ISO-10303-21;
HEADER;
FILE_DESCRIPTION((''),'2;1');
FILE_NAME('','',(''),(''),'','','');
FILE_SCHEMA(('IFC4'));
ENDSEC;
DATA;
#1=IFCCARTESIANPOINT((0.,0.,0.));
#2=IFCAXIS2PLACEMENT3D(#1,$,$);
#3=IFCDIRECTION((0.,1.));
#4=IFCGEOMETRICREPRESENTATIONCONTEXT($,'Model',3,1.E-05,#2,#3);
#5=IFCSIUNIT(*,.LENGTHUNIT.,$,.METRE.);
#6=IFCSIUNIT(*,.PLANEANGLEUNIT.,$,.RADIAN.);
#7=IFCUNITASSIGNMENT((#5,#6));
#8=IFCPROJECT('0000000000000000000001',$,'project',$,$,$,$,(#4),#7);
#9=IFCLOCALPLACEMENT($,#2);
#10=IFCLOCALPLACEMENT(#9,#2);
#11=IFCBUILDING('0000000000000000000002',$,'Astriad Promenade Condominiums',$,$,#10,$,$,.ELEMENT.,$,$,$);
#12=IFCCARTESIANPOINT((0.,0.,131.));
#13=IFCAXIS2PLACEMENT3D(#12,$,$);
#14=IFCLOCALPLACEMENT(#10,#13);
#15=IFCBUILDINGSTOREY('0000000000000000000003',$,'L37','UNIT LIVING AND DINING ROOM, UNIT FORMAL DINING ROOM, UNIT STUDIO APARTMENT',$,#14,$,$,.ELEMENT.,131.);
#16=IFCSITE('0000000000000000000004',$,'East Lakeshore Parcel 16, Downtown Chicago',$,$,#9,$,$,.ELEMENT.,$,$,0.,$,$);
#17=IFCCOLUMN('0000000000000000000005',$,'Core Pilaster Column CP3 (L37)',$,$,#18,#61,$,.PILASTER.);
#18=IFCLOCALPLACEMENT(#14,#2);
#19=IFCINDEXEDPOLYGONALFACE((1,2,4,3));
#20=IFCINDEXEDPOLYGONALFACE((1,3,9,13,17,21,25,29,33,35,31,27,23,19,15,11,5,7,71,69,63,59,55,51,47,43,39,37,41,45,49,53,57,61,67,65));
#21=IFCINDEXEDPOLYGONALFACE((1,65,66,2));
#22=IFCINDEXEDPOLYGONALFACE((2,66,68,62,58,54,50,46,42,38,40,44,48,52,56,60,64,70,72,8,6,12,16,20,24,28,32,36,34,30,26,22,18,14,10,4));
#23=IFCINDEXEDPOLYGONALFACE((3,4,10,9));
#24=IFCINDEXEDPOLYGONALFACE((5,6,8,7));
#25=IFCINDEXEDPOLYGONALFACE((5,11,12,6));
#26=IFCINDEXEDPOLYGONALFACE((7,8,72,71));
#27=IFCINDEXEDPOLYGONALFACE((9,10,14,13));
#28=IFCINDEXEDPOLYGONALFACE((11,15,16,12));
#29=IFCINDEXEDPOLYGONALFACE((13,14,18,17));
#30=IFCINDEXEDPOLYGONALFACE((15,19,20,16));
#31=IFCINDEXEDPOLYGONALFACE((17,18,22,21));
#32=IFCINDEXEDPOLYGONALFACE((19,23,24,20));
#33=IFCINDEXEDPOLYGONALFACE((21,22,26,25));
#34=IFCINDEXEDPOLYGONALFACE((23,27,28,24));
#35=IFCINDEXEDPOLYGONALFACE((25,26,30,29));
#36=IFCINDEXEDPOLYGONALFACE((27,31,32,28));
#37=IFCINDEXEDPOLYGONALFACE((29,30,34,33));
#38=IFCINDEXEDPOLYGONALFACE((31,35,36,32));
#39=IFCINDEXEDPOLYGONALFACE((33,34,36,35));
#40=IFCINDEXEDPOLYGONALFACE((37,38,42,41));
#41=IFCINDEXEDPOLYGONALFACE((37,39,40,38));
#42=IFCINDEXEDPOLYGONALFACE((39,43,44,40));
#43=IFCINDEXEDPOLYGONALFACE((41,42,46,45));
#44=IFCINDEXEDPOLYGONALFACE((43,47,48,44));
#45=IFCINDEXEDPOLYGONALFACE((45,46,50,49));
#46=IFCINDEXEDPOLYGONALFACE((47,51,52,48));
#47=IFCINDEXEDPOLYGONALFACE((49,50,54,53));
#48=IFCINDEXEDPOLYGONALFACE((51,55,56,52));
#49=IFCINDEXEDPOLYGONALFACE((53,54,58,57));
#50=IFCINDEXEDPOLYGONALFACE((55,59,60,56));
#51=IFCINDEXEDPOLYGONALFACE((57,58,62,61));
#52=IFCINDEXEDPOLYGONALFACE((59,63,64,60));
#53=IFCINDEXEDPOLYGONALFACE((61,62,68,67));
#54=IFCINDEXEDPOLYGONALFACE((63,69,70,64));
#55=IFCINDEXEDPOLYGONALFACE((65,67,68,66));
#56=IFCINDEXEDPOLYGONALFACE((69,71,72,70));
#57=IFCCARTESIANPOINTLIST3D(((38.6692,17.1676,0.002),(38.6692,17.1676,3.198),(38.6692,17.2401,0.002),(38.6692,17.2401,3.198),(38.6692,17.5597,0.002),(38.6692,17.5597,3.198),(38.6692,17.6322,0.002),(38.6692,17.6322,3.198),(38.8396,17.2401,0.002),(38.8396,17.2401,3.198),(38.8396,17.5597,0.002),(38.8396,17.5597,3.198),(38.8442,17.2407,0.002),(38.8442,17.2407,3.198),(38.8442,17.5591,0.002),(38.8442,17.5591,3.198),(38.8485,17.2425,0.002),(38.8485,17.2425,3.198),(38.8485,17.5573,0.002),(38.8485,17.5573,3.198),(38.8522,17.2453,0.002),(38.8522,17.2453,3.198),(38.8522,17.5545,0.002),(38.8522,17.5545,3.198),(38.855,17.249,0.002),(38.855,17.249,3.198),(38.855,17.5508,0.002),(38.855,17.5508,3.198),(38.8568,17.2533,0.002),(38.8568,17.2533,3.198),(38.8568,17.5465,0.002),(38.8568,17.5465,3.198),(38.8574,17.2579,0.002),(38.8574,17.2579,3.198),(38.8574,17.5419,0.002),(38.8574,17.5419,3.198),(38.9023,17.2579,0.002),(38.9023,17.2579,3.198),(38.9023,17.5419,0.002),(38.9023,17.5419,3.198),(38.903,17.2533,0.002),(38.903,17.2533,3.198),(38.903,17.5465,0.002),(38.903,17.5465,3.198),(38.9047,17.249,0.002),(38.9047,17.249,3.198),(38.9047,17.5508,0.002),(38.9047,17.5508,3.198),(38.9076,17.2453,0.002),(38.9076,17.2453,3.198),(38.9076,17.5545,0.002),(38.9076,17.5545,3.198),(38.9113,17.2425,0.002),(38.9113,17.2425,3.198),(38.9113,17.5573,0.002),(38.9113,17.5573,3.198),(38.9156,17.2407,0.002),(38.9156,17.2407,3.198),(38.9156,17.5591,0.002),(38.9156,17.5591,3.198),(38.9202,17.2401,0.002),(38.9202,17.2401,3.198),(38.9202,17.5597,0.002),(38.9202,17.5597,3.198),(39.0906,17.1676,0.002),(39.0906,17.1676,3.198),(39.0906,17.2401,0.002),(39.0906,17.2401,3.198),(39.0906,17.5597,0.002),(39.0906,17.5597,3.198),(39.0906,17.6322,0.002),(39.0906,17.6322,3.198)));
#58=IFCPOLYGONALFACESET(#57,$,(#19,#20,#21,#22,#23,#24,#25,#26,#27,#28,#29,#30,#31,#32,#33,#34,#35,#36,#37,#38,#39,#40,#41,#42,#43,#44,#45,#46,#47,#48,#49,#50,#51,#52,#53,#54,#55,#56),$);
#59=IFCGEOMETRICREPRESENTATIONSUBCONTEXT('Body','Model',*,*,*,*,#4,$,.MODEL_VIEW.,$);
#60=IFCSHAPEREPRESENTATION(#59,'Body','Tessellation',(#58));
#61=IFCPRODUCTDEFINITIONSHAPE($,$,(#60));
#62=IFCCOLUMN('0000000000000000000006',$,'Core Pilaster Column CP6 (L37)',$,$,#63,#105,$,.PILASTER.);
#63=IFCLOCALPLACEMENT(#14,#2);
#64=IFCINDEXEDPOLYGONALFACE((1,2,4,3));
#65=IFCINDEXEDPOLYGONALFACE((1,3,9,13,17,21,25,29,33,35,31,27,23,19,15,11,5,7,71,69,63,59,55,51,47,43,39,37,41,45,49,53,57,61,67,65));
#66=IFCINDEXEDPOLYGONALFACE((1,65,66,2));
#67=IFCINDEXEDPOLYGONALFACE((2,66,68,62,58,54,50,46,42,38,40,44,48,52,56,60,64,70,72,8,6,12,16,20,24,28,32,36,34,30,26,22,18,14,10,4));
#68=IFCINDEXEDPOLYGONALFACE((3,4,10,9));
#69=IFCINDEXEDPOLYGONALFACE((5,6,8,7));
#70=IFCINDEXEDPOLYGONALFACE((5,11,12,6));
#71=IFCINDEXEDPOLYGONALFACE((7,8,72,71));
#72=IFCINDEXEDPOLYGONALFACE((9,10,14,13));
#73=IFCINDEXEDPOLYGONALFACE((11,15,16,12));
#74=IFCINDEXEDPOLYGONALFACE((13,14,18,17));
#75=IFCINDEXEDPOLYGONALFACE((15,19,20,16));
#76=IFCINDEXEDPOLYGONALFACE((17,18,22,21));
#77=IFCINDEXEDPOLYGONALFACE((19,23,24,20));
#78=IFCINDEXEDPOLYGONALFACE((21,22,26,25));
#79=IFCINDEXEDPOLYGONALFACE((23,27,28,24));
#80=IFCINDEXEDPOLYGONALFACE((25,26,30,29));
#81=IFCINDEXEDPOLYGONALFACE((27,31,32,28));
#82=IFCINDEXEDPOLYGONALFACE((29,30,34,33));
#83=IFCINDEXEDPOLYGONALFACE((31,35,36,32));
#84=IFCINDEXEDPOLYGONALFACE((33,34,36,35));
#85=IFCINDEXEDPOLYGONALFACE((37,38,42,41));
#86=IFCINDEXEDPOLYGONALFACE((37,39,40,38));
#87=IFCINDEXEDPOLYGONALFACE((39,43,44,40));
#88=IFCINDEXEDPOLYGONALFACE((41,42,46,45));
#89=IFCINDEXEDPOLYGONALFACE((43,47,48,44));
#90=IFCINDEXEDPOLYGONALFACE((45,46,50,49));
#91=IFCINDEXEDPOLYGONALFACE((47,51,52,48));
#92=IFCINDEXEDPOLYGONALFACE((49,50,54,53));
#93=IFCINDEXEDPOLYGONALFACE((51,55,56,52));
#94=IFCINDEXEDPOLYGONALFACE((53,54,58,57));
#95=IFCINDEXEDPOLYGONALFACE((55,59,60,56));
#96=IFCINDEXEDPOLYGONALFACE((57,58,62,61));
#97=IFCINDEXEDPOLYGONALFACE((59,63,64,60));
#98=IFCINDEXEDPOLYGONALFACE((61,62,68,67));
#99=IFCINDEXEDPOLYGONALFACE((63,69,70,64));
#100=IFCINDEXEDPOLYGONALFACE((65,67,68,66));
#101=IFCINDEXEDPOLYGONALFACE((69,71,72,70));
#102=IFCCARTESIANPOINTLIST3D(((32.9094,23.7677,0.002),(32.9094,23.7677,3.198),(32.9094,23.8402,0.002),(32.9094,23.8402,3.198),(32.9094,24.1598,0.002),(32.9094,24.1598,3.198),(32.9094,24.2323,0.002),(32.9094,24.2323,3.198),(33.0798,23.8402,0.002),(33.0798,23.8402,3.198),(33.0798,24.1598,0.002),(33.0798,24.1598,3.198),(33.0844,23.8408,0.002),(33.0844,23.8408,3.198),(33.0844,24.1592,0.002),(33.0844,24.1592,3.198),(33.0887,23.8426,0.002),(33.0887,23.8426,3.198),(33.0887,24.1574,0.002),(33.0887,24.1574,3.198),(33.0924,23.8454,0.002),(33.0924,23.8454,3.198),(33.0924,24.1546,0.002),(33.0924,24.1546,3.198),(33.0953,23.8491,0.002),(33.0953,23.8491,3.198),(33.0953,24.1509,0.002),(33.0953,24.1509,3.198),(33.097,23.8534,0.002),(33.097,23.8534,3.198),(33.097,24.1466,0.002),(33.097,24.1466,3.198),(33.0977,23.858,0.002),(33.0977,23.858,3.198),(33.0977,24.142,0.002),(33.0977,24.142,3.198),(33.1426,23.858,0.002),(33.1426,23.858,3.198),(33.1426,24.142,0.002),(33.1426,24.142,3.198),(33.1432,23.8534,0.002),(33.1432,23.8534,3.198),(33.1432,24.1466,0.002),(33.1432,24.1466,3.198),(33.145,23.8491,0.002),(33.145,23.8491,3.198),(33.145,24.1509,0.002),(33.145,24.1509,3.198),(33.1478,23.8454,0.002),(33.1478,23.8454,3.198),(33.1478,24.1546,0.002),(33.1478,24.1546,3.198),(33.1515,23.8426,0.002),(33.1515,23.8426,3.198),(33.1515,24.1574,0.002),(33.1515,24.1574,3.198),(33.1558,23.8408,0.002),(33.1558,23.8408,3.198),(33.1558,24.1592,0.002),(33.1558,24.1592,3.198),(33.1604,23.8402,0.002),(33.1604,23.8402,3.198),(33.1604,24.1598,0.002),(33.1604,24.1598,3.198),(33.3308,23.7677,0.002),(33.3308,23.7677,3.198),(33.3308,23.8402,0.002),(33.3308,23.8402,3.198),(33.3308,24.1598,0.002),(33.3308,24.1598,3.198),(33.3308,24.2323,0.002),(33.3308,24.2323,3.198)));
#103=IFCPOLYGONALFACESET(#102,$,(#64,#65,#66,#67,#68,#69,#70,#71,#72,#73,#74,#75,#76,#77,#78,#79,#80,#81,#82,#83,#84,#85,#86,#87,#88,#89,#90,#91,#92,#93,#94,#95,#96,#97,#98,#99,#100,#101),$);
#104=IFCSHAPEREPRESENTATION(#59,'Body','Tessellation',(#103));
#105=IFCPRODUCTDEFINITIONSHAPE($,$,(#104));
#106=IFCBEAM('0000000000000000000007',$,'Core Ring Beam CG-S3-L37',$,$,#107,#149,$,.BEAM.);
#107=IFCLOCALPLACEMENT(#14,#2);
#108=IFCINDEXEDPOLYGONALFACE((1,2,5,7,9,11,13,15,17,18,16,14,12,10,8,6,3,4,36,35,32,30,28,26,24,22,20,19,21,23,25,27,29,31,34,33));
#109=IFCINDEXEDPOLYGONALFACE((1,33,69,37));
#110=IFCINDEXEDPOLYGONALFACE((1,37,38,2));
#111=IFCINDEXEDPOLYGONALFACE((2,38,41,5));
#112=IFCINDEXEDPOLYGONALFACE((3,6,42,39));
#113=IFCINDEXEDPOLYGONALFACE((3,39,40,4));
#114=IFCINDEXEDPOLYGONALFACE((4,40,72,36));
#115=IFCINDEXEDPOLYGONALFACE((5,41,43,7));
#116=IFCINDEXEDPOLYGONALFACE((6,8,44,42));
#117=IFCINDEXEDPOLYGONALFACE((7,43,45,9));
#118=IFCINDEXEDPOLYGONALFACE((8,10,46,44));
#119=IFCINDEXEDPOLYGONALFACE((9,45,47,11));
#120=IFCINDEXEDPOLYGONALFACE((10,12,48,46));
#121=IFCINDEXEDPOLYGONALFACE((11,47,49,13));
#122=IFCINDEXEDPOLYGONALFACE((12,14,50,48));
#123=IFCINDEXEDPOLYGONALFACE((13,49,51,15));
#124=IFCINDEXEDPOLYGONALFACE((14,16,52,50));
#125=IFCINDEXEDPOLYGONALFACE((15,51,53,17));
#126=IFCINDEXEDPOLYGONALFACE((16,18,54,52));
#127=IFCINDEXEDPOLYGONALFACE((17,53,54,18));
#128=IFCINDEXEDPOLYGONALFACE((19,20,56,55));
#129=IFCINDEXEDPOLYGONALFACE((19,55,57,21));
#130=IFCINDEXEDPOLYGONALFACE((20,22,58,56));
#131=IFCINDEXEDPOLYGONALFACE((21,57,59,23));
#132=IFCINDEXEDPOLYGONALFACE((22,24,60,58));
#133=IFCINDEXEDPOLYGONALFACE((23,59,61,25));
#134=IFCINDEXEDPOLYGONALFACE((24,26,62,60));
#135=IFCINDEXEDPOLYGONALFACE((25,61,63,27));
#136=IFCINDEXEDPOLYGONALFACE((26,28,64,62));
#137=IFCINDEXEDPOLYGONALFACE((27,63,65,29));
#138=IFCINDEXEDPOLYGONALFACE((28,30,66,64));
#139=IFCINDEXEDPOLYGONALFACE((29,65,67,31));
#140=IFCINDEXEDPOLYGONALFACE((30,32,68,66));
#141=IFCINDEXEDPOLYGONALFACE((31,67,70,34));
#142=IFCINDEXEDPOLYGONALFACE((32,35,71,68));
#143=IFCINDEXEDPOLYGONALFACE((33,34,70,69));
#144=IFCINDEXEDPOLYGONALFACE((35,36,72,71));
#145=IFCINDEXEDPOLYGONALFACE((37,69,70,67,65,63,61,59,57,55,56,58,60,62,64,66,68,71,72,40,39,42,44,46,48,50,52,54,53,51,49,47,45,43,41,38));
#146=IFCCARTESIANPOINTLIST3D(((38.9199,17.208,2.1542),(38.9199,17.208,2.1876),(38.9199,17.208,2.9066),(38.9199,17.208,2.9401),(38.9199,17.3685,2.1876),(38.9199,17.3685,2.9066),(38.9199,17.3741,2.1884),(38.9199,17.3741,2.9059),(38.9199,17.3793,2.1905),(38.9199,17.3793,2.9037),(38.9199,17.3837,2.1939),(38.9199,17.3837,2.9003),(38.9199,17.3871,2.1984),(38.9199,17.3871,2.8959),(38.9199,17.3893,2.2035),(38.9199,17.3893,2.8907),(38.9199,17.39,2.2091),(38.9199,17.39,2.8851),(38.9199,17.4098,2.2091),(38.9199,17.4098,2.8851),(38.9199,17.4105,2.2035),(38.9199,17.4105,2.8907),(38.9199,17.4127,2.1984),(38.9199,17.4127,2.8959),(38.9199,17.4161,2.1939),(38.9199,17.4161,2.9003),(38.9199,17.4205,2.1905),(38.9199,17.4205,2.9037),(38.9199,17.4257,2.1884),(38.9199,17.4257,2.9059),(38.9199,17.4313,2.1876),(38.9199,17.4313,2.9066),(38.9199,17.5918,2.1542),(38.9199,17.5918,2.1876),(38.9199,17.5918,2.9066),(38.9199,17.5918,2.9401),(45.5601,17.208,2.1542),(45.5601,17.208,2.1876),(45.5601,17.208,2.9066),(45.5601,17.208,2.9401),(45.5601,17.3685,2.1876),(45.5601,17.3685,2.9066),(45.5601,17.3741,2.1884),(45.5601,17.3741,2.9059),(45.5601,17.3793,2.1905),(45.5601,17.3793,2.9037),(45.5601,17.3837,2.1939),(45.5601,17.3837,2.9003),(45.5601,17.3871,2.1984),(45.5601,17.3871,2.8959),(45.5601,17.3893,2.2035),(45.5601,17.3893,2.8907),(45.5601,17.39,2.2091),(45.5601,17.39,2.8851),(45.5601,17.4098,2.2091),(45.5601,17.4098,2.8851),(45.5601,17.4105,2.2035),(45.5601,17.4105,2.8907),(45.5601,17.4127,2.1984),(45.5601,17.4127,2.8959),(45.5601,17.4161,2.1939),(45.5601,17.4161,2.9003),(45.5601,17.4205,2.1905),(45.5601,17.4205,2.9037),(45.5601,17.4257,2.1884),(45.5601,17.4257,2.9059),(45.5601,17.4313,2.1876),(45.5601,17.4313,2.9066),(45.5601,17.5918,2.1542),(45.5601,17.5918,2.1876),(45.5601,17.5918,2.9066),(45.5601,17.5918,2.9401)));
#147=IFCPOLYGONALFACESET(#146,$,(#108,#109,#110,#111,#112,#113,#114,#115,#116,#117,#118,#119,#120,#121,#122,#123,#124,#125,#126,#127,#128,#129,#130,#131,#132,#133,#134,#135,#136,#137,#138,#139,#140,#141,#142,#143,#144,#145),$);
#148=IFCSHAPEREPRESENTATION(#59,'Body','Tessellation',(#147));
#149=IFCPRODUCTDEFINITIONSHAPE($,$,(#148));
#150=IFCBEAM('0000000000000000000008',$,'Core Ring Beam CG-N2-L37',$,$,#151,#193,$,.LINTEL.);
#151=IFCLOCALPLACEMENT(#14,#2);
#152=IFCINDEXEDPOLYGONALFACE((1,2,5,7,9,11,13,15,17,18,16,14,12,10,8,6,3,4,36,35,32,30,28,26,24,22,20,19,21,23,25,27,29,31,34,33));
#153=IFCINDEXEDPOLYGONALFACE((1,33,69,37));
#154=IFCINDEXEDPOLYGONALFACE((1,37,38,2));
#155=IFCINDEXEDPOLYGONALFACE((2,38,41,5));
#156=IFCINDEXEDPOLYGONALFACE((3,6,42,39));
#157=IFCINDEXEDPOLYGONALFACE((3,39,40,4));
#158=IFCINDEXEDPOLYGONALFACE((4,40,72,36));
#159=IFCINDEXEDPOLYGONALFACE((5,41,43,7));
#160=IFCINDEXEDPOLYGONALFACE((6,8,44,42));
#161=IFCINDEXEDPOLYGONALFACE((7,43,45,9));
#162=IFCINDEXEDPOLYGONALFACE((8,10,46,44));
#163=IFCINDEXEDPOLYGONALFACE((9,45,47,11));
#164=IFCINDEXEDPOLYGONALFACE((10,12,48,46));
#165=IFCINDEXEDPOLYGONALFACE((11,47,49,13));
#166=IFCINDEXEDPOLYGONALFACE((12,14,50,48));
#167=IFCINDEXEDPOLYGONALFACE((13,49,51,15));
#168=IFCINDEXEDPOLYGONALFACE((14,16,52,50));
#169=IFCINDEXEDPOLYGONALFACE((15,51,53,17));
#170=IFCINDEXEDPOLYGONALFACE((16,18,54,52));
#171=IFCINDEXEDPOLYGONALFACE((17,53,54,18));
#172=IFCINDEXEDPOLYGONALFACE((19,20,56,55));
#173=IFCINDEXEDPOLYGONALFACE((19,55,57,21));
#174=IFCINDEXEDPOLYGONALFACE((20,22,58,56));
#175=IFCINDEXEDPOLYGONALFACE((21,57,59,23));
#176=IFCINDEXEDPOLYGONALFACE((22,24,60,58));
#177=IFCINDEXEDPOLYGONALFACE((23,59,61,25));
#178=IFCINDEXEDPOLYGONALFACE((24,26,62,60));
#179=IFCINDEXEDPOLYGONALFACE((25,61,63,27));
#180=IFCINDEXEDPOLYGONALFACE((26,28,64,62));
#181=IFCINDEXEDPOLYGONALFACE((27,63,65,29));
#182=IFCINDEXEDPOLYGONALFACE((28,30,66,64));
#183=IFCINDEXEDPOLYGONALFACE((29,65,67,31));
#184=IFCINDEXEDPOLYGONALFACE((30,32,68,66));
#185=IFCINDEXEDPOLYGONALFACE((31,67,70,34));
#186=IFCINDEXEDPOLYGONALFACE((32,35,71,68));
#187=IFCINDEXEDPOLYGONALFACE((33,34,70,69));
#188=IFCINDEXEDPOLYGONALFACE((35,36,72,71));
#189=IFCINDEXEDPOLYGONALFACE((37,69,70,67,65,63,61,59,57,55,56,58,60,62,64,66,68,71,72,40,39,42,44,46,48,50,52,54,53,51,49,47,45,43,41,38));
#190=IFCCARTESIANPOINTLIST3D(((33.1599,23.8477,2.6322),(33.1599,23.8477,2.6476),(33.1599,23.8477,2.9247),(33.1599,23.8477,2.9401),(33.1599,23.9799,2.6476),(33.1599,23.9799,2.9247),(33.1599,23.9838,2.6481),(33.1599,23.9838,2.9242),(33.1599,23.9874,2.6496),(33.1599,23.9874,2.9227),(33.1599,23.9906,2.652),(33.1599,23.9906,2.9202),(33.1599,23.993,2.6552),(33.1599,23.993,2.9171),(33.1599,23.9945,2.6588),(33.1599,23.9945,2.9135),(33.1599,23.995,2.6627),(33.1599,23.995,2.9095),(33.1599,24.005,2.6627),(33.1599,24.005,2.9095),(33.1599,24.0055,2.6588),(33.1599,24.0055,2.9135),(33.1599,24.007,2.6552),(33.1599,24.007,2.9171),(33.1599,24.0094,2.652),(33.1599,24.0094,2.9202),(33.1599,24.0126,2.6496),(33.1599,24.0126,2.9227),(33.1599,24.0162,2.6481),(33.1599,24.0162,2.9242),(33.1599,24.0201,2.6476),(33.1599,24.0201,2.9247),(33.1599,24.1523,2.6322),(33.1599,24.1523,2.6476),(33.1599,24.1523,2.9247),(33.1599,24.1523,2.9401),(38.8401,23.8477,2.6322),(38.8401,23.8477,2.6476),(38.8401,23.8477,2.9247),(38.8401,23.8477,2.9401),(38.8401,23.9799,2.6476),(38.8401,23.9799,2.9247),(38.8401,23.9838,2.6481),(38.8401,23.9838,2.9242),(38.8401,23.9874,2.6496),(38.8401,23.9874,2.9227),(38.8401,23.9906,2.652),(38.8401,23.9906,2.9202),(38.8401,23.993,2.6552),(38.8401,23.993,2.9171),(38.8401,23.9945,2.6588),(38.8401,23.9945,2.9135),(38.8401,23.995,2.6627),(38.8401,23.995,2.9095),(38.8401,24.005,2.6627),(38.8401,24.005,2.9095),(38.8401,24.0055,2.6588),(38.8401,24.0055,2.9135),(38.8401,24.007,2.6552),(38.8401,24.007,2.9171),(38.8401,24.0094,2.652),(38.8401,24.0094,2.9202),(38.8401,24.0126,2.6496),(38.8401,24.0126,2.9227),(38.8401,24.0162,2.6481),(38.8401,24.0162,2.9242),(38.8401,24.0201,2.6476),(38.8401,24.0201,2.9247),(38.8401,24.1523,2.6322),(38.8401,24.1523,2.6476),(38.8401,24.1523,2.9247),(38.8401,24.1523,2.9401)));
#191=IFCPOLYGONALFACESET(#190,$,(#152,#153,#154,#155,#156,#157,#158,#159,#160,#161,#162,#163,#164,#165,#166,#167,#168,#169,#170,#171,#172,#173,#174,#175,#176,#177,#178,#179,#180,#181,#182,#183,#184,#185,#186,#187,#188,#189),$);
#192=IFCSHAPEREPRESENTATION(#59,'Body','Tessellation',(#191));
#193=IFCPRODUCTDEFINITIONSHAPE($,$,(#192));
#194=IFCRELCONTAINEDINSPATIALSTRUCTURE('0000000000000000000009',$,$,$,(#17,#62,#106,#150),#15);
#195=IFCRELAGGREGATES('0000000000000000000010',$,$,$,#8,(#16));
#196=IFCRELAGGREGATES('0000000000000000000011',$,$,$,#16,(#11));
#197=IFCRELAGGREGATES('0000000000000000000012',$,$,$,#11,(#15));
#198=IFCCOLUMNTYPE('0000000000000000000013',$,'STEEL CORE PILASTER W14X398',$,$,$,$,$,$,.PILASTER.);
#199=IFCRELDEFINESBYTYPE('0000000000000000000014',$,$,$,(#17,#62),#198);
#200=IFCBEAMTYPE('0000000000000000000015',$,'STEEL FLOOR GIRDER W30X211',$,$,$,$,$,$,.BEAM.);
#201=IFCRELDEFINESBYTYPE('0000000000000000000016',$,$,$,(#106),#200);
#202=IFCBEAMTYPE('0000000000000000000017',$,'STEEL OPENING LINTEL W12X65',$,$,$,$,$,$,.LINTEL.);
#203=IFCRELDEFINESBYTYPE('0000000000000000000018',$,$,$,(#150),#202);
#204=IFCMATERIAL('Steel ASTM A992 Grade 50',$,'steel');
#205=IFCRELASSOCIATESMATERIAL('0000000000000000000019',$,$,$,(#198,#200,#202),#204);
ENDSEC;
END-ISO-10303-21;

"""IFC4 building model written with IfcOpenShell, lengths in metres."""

from ifc_helpers import new_model, si_unit, direction, frame, origin, origin_2d, place, context, subcontext, project, spatial, i_section, extrude, source, transform, mapped, material, material_profile, profile_set, type_object, type_shapes, element, save


model = new_model("IFC4")

# Units and contexts
model_context = context("Model", 3, precision=1e-05, world=origin(), true_north=direction((0.0, 1.0)))
body_context = subcontext(model_context, "Body", "Model", "MODEL_VIEW")
ifc_project = project(units=[si_unit("LENGTHUNIT", "METRE"), si_unit("PLANEANGLEUNIT", "RADIAN")], contexts=[model_context])

# Site, building, storey
site_placement = place(None, origin())
site = spatial("IfcSite", under=ifc_project, at=site_placement, Name="East Lakeshore Parcel 16, Downtown Chicago", CompositionType="ELEMENT", RefElevation=0.0)
building_placement = place(site_placement, origin())
building = spatial("IfcBuilding", under=site, at=building_placement, Name="Astriad Promenade Condominiums", CompositionType="ELEMENT")
storey_placement = place(building_placement, frame((0.0, 0.0, 131.0)))
storey = spatial("IfcBuildingStorey", under=building, at=storey_placement, Name="L37", Description="UNIT LIVING AND DINING ROOM, UNIT FORMAL DINING ROOM, UNIT STUDIO APARTMENT", CompositionType="ELEMENT", Elevation=131.0)

# Columns
ifc_material_1 = material(Name="Steel ASTM A992 Grade 50", Category="steel")
ifc_material_profile_1 = material_profile(ifc_material_1, i_section(OverallWidth=0.4214, OverallDepth=0.4646, WebThickness=0.0449, FlangeThickness=0.0725, FilletRadius=0.0178, at=origin_2d()), Name="W14X398")
ifc_profile_set_1 = profile_set([ifc_material_profile_1], Name="Steel ASTM A992 Grade 50")
column_type = type_object("IfcColumnType", Name="STEEL CORE PILASTER W14X398", PredefinedType="PILASTER", material=ifc_profile_set_1)
shared_shape_1 = source(origin(), body_context, "Body", "SweptSolid", [
    extrude(i_section(OverallWidth=0.4214, OverallDepth=0.4646, WebThickness=0.0449, FlangeThickness=0.0725, FilletRadius=0.0178, at=origin_2d()), origin(), (0.0, 0.0, 1.0), 3.196),
])
type_shapes(column_type, [shared_shape_1])
for number, where, z_axis, x_axis, name in (
    (1, (38.8799, 17.3999, 0.002), (0.0, 0.0, 1.0), (1.0, 0.0, 0.0), "Core Pilaster Column CP3 (L37)"),
    (2, (33.1201, 24.0, 0.002), (0.0, 0.0, 1.0), (1.0, 0.0, 0.0), "Core Pilaster Column CP6 (L37)"),
):
    element("IfcColumn", number, at=place(storey_placement, frame(where, z_axis=z_axis, x_axis=x_axis)), inside=storey, type_object=column_type, Name=name, PredefinedType="PILASTER", context=body_context, shape_type="MappedRepresentation", body=[
        mapped(shared_shape_1, transform((0.0, 0.0, 0.0), scale=1.0)),
    ])

# Beams
ifc_material_profile_2 = material_profile(ifc_material_1, i_section(OverallWidth=0.3838, OverallDepth=0.7859, WebThickness=0.0198, FlangeThickness=0.0334, FilletRadius=0.0215, at=origin_2d()), Name="W30X211")
ifc_profile_set_2 = profile_set([ifc_material_profile_2], Name="Steel ASTM A992 Grade 50")
beam_type_1 = type_object("IfcBeamType", Name="STEEL FLOOR GIRDER W30X211", PredefinedType="BEAM", material=ifc_profile_set_2)
shared_shape_2 = source(origin(), body_context, "Body", "SweptSolid", [
    extrude(i_section(OverallWidth=0.3838, OverallDepth=0.7859, WebThickness=0.0198, FlangeThickness=0.0334, FilletRadius=0.0215, at=origin_2d()), origin(), (0.0, 0.0, 1.0), 6.6401),
])
type_shapes(beam_type_1, [shared_shape_2])
beam_1_placement = place(storey_placement, frame((38.9199, 17.3999, 2.5471), z_axis=(1.0, 0.0, 0.0), x_axis=(0.0, 1.0, 0.0)))
element("IfcBeam", 3, at=beam_1_placement, inside=storey, type_object=beam_type_1, Name="Core Ring Beam CG-S3-L37", PredefinedType="BEAM", context=body_context, shape_type="MappedRepresentation", body=[
    mapped(shared_shape_2, transform((0.0, 0.0, 0.0), scale=1.0)),
])
ifc_material_profile_3 = material_profile(ifc_material_1, i_section(OverallWidth=0.3047, OverallDepth=0.3079, WebThickness=0.01, FlangeThickness=0.0154, FilletRadius=0.0151, at=origin_2d()), Name="W12X65")
ifc_profile_set_3 = profile_set([ifc_material_profile_3], Name="Steel ASTM A992 Grade 50")
beam_type_2 = type_object("IfcBeamType", Name="STEEL OPENING LINTEL W12X65", PredefinedType="LINTEL", material=ifc_profile_set_3)
shared_shape_3 = source(origin(), body_context, "Body", "SweptSolid", [
    extrude(i_section(OverallWidth=0.3047, OverallDepth=0.3079, WebThickness=0.01, FlangeThickness=0.0154, FilletRadius=0.0151, at=origin_2d()), origin(), (0.0, 0.0, 1.0), 5.6802),
])
type_shapes(beam_type_2, [shared_shape_3])
beam_2_placement = place(storey_placement, frame((33.1599, 24.0, 2.7861), z_axis=(1.0, 0.0, 0.0), x_axis=(0.0, 1.0, 0.0)))
element("IfcBeam", 4, at=beam_2_placement, inside=storey, type_object=beam_type_2, Name="Core Ring Beam CG-N2-L37", PredefinedType="LINTEL", context=body_context, shape_type="MappedRepresentation", body=[
    mapped(shared_shape_3, transform((0.0, 0.0, 0.0), scale=1.0)),
])

save(model, "model.ifc")
